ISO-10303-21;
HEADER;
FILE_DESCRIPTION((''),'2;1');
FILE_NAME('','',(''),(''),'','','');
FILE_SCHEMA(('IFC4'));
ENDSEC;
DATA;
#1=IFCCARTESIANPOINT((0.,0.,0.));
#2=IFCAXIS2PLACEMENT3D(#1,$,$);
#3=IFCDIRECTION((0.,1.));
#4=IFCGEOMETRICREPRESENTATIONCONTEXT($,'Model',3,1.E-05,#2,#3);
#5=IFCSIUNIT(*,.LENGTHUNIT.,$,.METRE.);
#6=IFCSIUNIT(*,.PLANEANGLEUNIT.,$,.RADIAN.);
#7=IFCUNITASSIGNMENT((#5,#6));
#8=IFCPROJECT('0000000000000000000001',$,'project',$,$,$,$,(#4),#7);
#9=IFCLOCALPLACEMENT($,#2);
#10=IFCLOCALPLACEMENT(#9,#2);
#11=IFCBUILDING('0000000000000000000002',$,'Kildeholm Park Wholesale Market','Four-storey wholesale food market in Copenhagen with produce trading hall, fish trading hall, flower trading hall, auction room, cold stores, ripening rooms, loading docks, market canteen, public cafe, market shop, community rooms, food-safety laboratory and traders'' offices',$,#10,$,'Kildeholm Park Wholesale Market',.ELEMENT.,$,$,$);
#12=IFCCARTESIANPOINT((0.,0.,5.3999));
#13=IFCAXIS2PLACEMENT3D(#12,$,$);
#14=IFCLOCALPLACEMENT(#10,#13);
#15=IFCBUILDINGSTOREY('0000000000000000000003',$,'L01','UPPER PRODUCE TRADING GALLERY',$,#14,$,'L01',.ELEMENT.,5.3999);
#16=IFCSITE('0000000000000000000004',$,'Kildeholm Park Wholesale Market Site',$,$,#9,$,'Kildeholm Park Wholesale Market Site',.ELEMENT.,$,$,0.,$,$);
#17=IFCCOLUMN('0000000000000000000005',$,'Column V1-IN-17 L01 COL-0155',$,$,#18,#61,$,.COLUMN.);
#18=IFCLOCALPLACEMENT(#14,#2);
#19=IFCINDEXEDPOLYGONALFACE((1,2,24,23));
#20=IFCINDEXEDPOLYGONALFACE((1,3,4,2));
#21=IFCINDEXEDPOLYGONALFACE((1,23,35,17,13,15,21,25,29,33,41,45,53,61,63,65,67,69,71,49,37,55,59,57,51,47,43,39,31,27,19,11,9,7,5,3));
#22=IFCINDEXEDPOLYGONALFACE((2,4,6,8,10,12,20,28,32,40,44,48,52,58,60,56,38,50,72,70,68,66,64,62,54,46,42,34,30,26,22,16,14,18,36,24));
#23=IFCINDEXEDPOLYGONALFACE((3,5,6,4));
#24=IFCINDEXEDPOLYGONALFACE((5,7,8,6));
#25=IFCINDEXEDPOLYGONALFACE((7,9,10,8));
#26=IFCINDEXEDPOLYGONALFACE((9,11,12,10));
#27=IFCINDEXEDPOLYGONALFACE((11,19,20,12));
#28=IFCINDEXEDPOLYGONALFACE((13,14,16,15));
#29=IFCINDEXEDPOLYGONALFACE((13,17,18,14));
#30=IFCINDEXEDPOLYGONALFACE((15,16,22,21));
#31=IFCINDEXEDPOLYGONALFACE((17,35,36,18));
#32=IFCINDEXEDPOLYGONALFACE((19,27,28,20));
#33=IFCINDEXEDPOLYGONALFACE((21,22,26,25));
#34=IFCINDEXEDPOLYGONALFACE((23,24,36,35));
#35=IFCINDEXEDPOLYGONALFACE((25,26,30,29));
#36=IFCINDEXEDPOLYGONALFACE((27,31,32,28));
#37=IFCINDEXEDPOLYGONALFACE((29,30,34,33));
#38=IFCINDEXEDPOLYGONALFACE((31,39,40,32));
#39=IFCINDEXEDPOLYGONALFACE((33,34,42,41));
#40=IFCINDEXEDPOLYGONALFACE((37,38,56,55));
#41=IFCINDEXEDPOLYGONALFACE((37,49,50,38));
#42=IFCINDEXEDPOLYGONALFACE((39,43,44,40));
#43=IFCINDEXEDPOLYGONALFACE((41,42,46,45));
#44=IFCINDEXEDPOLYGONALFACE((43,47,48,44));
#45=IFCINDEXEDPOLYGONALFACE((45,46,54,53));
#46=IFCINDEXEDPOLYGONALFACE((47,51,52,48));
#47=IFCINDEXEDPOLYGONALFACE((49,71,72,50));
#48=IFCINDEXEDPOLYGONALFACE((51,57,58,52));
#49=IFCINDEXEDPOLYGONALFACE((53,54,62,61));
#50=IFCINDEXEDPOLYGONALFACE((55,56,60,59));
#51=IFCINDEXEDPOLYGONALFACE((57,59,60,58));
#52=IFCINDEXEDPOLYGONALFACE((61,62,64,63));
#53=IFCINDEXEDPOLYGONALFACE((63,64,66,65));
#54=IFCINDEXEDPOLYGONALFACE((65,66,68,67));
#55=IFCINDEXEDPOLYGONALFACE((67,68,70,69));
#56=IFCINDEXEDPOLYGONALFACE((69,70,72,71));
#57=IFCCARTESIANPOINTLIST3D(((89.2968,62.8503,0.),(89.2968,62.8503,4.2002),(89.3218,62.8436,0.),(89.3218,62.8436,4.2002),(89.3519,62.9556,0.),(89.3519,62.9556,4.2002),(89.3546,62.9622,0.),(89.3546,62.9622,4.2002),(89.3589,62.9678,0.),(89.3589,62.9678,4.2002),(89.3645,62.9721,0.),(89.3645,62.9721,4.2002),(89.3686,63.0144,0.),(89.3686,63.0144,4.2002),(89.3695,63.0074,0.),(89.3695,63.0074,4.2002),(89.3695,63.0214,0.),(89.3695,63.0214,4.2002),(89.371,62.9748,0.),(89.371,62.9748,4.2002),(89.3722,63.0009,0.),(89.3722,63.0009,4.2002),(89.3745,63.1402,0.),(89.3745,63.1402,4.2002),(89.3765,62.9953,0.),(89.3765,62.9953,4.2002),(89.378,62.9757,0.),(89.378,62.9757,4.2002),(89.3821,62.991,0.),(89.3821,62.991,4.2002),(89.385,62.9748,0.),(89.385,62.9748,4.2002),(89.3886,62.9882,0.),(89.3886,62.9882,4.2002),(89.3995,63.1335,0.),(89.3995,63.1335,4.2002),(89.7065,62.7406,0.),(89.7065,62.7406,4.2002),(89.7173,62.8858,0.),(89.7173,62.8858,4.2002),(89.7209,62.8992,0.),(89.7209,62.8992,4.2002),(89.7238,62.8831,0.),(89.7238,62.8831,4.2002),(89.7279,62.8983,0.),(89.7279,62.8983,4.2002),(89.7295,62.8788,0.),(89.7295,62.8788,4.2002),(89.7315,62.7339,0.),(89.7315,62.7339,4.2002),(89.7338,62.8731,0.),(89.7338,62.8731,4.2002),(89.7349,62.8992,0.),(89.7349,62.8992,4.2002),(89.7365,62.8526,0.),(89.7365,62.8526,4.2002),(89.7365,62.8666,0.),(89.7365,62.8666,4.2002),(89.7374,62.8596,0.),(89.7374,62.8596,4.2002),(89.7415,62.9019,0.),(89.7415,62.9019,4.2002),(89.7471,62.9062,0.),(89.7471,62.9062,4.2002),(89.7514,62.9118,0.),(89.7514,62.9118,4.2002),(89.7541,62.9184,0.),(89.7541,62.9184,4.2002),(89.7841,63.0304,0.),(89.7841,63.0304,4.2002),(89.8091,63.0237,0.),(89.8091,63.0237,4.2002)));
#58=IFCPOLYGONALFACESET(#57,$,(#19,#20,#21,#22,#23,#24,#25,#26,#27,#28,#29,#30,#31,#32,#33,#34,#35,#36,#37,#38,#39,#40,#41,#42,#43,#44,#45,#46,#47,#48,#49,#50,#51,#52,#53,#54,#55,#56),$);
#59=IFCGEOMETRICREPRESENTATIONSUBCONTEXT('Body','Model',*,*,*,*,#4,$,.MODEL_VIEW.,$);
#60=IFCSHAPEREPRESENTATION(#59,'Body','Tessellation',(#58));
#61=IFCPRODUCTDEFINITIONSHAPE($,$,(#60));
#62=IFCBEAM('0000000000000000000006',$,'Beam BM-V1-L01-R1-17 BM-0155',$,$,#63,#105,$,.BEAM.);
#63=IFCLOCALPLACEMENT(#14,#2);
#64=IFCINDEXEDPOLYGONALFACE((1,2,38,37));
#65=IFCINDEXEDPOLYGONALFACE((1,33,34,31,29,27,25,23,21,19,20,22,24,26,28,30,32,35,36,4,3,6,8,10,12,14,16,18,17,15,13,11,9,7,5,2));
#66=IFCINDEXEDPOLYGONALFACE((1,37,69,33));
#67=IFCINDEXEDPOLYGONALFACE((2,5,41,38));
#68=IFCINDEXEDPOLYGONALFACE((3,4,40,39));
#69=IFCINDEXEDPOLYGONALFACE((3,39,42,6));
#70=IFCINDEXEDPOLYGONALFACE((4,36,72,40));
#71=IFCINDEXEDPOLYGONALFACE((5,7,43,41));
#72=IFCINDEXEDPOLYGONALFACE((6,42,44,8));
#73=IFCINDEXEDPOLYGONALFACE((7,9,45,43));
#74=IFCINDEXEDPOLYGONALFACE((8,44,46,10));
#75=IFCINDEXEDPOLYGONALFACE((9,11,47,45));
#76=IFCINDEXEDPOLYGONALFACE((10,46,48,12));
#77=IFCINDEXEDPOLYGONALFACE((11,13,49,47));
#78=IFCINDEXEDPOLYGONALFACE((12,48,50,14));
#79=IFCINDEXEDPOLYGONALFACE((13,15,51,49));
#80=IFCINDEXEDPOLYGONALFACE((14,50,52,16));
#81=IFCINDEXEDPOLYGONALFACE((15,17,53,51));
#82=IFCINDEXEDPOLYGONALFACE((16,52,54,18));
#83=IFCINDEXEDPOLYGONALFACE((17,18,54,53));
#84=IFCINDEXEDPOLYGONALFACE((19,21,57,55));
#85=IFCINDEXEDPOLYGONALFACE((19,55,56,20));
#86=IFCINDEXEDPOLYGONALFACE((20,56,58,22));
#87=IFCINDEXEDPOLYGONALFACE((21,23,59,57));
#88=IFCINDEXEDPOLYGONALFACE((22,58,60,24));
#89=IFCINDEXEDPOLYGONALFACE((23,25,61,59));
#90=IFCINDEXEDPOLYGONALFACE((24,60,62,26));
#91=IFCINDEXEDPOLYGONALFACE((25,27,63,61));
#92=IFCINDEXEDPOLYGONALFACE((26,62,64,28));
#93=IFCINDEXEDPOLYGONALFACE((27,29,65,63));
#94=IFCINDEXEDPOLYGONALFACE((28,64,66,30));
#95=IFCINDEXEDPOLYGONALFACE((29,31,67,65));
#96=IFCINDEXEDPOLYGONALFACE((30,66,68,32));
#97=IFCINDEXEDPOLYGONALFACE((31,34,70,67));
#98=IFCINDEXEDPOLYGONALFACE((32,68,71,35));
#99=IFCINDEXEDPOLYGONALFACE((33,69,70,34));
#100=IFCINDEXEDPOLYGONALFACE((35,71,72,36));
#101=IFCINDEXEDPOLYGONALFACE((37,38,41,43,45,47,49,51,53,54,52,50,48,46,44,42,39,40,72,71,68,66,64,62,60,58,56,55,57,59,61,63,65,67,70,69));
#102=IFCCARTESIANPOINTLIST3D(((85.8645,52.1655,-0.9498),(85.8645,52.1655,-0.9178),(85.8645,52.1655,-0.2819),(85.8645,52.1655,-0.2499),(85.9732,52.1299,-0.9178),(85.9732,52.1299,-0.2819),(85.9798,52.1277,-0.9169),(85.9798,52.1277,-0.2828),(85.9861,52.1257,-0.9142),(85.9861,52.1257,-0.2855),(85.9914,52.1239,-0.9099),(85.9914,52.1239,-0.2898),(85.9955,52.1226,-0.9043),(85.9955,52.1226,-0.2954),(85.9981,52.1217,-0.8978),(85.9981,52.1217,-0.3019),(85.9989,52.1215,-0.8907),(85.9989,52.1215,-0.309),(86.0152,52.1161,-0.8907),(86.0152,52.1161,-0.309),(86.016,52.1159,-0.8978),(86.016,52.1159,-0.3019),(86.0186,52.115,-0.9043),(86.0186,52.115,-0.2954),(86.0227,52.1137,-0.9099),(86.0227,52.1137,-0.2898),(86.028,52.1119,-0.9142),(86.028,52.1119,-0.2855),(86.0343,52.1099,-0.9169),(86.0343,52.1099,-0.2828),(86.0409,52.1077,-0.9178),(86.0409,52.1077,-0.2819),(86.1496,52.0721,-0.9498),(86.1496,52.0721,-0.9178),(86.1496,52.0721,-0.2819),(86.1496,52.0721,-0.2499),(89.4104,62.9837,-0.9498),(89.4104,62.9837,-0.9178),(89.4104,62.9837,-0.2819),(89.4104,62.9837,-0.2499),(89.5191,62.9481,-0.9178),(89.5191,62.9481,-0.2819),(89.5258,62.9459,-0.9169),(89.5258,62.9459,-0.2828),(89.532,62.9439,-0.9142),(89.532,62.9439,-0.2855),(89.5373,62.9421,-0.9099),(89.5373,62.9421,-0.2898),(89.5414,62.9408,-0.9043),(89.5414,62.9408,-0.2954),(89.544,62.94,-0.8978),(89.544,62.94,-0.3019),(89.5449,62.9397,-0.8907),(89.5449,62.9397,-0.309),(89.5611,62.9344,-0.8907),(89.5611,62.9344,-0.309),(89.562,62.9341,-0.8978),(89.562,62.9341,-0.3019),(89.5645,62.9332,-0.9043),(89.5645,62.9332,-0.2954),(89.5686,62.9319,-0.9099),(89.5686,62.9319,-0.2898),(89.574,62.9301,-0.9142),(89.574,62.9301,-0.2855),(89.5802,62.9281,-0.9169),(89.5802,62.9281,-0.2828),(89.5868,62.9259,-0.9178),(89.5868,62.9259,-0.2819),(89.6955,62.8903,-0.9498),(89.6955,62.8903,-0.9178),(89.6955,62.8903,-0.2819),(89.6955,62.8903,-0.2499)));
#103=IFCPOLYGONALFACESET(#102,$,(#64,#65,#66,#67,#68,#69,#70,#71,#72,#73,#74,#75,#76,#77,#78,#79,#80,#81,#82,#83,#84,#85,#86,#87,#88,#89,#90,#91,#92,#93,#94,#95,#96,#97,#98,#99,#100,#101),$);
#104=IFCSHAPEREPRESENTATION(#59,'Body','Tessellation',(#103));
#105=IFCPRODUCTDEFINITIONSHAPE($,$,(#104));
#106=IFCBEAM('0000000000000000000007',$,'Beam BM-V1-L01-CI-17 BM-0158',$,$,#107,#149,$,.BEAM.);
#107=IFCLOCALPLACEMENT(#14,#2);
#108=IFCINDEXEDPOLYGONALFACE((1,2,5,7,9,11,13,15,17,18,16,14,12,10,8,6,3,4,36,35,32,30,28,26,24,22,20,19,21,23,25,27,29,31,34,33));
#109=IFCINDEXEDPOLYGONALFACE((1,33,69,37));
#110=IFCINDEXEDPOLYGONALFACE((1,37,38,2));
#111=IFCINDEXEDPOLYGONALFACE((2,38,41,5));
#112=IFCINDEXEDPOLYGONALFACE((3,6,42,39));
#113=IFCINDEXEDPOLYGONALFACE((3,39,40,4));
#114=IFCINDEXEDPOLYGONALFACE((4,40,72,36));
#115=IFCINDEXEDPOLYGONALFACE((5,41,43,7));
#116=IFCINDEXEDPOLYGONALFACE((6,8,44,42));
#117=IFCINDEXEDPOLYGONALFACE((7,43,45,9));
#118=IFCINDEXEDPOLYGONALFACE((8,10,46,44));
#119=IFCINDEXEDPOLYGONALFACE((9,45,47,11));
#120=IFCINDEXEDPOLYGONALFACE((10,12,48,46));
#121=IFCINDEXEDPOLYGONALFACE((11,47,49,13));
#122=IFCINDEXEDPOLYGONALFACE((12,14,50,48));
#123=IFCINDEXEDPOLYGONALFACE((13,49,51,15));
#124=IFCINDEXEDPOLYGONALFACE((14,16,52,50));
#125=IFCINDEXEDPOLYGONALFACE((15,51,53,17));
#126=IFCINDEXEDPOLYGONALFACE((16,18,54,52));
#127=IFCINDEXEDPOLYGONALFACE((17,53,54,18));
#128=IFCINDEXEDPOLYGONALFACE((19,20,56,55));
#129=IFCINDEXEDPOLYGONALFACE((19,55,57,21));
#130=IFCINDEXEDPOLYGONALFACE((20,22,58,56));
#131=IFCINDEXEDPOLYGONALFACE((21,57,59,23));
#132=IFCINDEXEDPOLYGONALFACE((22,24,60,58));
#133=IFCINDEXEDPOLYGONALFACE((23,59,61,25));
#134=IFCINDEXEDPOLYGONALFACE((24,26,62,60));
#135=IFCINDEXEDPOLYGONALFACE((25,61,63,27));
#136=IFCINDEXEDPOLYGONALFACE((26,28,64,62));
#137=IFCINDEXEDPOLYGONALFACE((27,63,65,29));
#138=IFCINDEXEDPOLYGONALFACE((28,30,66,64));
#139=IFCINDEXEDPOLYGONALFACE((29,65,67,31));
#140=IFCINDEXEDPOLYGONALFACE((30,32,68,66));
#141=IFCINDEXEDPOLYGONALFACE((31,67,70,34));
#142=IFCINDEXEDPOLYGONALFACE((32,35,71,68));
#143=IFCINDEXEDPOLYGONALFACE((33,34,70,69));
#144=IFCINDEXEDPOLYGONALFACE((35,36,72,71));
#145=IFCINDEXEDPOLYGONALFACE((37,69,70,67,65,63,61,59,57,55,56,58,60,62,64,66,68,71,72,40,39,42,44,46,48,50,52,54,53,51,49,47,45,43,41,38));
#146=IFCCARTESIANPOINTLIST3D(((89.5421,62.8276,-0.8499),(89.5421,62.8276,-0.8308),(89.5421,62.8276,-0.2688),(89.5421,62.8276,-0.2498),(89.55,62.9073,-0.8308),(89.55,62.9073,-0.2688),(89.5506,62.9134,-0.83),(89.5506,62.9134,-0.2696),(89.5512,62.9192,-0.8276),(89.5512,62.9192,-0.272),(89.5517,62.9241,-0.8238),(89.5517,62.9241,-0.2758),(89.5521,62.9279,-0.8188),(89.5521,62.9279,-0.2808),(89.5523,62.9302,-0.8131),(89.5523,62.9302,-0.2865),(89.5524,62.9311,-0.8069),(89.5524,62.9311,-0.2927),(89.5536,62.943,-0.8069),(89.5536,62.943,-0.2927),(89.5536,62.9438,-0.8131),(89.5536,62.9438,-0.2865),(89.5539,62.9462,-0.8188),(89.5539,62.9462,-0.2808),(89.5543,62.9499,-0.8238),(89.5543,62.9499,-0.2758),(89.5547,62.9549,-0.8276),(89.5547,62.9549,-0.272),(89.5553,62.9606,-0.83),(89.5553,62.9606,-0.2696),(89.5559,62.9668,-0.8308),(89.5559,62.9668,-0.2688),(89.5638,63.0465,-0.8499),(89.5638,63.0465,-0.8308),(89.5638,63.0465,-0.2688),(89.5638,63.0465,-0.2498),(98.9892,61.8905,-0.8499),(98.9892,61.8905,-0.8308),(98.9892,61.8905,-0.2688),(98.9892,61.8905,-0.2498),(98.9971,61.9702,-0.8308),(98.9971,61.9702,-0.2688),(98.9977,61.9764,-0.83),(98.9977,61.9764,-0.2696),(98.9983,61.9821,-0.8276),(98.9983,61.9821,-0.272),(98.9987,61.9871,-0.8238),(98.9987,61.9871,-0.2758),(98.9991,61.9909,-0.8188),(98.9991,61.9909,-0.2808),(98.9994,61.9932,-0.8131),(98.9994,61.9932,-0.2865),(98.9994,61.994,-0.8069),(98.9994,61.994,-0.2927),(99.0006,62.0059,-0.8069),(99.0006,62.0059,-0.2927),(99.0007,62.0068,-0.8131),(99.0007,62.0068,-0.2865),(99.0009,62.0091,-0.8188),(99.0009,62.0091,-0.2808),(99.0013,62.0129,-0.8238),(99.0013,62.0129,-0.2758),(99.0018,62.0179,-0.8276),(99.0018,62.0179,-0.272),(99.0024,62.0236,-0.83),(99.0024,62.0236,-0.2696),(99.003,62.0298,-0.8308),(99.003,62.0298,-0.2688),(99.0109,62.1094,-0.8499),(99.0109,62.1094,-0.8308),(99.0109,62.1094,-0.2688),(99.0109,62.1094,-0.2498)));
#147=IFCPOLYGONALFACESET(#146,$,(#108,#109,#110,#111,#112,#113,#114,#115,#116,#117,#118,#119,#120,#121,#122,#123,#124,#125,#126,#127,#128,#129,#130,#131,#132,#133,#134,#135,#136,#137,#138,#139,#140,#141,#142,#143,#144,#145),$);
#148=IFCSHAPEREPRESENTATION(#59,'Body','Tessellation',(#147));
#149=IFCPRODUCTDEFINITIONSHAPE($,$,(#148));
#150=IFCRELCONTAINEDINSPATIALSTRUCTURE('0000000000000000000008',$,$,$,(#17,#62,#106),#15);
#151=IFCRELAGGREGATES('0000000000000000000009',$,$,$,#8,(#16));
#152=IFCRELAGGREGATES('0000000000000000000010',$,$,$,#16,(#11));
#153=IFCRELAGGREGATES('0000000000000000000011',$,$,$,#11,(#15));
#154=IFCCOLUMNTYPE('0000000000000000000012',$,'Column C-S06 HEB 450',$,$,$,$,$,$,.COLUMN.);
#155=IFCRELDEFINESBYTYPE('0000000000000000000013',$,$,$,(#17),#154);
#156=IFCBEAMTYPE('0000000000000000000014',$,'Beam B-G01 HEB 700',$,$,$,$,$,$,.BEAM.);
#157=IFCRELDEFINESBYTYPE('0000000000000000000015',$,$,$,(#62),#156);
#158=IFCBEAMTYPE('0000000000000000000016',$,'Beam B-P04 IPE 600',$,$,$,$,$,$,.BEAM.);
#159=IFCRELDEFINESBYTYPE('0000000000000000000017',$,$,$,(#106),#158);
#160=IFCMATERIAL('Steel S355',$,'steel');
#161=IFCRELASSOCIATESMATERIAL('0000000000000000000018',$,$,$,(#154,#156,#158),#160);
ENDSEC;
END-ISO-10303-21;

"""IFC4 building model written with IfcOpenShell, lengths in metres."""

from ifc_helpers import new_model, si_unit, direction, frame, origin, origin_2d, place, context, subcontext, project, spatial, i_section, extrude, material, material_profile, profile_set, type_object, element, save


model = new_model("IFC4")

# Units and contexts
model_context = context("Model", 3, precision=1e-05, world=origin(), true_north=direction((0.0, 1.0)))
body_context = subcontext(model_context, "Body", "Model", "MODEL_VIEW")
ifc_project = project(units=[si_unit("LENGTHUNIT", "METRE"), si_unit("PLANEANGLEUNIT", "RADIAN")], contexts=[model_context])

# Site, building, storey
site_placement = place(None, origin())
site = spatial("IfcSite", under=ifc_project, at=site_placement, Name="Kildeholm Park Wholesale Market Site", LongName="Kildeholm Park Wholesale Market Site", CompositionType="ELEMENT", RefElevation=0.0)
building_placement = place(site_placement, origin())
building = spatial("IfcBuilding", under=site, at=building_placement, Name="Kildeholm Park Wholesale Market", Description="Four-storey wholesale food market in Copenhagen with produce trading hall, fish trading hall, flower trading hall, auction room, cold stores, ripening rooms, loading docks, market canteen, public cafe, market shop, community rooms, food-safety laboratory and traders' offices", LongName="Kildeholm Park Wholesale Market", CompositionType="ELEMENT")
storey_placement = place(building_placement, frame((0.0, 0.0, 5.3999)))
storey = spatial("IfcBuildingStorey", under=building, at=storey_placement, Name="L01", Description="UPPER PRODUCE TRADING GALLERY", LongName="L01", CompositionType="ELEMENT", Elevation=5.3999)

# Column
ifc_material_1 = material(Name="Steel S355", Category="steel")
ifc_material_profile_1 = material_profile(ifc_material_1, i_section(OverallWidth=0.3, OverallDepth=0.45, WebThickness=0.0139, FlangeThickness=0.0259, FilletRadius=0.0271, at=origin_2d()), Name="HEB 450")
ifc_profile_set_1 = profile_set([ifc_material_profile_1], Name="Steel S355")
column_type = type_object("IfcColumnType", Name="Column C-S06 HEB 450", PredefinedType="COLUMN", material=ifc_profile_set_1)
column_placement = place(storey_placement, frame((89.553, 62.937, 0.0), z_axis=(0.0, 0.0, 1.0), x_axis=(-0.258819, -0.965926, 0.0)))
element("IfcColumn", 1, at=column_placement, inside=storey, type_object=column_type, Name="Column V1-IN-17 L01 COL-0155", PredefinedType="COLUMN", context=body_context, shape_type="SweptSolid", body=[
    extrude(i_section(OverallWidth=0.3, OverallDepth=0.45, WebThickness=0.0139, FlangeThickness=0.0259, FilletRadius=0.0271, at=origin_2d()), origin(), (0.0, 0.0, 1.0), 4.2002),
])

# Beams
ifc_material_profile_2 = material_profile(ifc_material_1, i_section(OverallWidth=0.3, OverallDepth=0.7, WebThickness=0.0171, FlangeThickness=0.032, FilletRadius=0.0271, at=origin_2d()), Name="HEB 700")
ifc_profile_set_2 = profile_set([ifc_material_profile_2], Name="Steel S355")
beam_type_1 = type_object("IfcBeamType", Name="Beam B-G01 HEB 700", PredefinedType="BEAM", material=ifc_profile_set_2)
beam_1_placement = place(storey_placement, frame((89.553, 62.937, -0.5999), z_axis=(-0.311469, -0.950256, 0.0), x_axis=(0.950256, -0.311469, 0.0)))
element("IfcBeam", 2, at=beam_1_placement, inside=storey, type_object=beam_type_1, Name="Beam BM-V1-L01-R1-17 BM-0155", PredefinedType="BEAM", context=body_context, shape_type="SweptSolid", body=[
    extrude(i_section(OverallWidth=0.3, OverallDepth=0.7, WebThickness=0.0171, FlangeThickness=0.032, FilletRadius=0.0271, at=origin_2d()), origin(), (0.0, 0.0, 1.0), 11.3845),
])
ifc_material_profile_3 = material_profile(ifc_material_1, i_section(OverallWidth=0.22, OverallDepth=0.6001, WebThickness=0.012, FlangeThickness=0.019, FilletRadius=0.0239, at=origin_2d()), Name="IPE 600")
ifc_profile_set_3 = profile_set([ifc_material_profile_3], Name="Steel S355")
beam_type_2 = type_object("IfcBeamType", Name="Beam B-P04 IPE 600", PredefinedType="BEAM", material=ifc_profile_set_3)
beam_2_placement = place(storey_placement, frame((89.553, 62.937, -0.5498), z_axis=(0.995117, -0.098702, 0.0), x_axis=(0.098702, 0.995117, 0.0)))
element("IfcBeam", 3, at=beam_2_placement, inside=storey, type_object=beam_type_2, Name="Beam BM-V1-L01-CI-17 BM-0158", PredefinedType="BEAM", context=body_context, shape_type="SweptSolid", body=[
    extrude(i_section(OverallWidth=0.22, OverallDepth=0.6001, WebThickness=0.012, FlangeThickness=0.019, FilletRadius=0.0239, at=origin_2d()), origin(), (0.0, 0.0, 1.0), 9.4934),
])

save(model, "model.ifc")
